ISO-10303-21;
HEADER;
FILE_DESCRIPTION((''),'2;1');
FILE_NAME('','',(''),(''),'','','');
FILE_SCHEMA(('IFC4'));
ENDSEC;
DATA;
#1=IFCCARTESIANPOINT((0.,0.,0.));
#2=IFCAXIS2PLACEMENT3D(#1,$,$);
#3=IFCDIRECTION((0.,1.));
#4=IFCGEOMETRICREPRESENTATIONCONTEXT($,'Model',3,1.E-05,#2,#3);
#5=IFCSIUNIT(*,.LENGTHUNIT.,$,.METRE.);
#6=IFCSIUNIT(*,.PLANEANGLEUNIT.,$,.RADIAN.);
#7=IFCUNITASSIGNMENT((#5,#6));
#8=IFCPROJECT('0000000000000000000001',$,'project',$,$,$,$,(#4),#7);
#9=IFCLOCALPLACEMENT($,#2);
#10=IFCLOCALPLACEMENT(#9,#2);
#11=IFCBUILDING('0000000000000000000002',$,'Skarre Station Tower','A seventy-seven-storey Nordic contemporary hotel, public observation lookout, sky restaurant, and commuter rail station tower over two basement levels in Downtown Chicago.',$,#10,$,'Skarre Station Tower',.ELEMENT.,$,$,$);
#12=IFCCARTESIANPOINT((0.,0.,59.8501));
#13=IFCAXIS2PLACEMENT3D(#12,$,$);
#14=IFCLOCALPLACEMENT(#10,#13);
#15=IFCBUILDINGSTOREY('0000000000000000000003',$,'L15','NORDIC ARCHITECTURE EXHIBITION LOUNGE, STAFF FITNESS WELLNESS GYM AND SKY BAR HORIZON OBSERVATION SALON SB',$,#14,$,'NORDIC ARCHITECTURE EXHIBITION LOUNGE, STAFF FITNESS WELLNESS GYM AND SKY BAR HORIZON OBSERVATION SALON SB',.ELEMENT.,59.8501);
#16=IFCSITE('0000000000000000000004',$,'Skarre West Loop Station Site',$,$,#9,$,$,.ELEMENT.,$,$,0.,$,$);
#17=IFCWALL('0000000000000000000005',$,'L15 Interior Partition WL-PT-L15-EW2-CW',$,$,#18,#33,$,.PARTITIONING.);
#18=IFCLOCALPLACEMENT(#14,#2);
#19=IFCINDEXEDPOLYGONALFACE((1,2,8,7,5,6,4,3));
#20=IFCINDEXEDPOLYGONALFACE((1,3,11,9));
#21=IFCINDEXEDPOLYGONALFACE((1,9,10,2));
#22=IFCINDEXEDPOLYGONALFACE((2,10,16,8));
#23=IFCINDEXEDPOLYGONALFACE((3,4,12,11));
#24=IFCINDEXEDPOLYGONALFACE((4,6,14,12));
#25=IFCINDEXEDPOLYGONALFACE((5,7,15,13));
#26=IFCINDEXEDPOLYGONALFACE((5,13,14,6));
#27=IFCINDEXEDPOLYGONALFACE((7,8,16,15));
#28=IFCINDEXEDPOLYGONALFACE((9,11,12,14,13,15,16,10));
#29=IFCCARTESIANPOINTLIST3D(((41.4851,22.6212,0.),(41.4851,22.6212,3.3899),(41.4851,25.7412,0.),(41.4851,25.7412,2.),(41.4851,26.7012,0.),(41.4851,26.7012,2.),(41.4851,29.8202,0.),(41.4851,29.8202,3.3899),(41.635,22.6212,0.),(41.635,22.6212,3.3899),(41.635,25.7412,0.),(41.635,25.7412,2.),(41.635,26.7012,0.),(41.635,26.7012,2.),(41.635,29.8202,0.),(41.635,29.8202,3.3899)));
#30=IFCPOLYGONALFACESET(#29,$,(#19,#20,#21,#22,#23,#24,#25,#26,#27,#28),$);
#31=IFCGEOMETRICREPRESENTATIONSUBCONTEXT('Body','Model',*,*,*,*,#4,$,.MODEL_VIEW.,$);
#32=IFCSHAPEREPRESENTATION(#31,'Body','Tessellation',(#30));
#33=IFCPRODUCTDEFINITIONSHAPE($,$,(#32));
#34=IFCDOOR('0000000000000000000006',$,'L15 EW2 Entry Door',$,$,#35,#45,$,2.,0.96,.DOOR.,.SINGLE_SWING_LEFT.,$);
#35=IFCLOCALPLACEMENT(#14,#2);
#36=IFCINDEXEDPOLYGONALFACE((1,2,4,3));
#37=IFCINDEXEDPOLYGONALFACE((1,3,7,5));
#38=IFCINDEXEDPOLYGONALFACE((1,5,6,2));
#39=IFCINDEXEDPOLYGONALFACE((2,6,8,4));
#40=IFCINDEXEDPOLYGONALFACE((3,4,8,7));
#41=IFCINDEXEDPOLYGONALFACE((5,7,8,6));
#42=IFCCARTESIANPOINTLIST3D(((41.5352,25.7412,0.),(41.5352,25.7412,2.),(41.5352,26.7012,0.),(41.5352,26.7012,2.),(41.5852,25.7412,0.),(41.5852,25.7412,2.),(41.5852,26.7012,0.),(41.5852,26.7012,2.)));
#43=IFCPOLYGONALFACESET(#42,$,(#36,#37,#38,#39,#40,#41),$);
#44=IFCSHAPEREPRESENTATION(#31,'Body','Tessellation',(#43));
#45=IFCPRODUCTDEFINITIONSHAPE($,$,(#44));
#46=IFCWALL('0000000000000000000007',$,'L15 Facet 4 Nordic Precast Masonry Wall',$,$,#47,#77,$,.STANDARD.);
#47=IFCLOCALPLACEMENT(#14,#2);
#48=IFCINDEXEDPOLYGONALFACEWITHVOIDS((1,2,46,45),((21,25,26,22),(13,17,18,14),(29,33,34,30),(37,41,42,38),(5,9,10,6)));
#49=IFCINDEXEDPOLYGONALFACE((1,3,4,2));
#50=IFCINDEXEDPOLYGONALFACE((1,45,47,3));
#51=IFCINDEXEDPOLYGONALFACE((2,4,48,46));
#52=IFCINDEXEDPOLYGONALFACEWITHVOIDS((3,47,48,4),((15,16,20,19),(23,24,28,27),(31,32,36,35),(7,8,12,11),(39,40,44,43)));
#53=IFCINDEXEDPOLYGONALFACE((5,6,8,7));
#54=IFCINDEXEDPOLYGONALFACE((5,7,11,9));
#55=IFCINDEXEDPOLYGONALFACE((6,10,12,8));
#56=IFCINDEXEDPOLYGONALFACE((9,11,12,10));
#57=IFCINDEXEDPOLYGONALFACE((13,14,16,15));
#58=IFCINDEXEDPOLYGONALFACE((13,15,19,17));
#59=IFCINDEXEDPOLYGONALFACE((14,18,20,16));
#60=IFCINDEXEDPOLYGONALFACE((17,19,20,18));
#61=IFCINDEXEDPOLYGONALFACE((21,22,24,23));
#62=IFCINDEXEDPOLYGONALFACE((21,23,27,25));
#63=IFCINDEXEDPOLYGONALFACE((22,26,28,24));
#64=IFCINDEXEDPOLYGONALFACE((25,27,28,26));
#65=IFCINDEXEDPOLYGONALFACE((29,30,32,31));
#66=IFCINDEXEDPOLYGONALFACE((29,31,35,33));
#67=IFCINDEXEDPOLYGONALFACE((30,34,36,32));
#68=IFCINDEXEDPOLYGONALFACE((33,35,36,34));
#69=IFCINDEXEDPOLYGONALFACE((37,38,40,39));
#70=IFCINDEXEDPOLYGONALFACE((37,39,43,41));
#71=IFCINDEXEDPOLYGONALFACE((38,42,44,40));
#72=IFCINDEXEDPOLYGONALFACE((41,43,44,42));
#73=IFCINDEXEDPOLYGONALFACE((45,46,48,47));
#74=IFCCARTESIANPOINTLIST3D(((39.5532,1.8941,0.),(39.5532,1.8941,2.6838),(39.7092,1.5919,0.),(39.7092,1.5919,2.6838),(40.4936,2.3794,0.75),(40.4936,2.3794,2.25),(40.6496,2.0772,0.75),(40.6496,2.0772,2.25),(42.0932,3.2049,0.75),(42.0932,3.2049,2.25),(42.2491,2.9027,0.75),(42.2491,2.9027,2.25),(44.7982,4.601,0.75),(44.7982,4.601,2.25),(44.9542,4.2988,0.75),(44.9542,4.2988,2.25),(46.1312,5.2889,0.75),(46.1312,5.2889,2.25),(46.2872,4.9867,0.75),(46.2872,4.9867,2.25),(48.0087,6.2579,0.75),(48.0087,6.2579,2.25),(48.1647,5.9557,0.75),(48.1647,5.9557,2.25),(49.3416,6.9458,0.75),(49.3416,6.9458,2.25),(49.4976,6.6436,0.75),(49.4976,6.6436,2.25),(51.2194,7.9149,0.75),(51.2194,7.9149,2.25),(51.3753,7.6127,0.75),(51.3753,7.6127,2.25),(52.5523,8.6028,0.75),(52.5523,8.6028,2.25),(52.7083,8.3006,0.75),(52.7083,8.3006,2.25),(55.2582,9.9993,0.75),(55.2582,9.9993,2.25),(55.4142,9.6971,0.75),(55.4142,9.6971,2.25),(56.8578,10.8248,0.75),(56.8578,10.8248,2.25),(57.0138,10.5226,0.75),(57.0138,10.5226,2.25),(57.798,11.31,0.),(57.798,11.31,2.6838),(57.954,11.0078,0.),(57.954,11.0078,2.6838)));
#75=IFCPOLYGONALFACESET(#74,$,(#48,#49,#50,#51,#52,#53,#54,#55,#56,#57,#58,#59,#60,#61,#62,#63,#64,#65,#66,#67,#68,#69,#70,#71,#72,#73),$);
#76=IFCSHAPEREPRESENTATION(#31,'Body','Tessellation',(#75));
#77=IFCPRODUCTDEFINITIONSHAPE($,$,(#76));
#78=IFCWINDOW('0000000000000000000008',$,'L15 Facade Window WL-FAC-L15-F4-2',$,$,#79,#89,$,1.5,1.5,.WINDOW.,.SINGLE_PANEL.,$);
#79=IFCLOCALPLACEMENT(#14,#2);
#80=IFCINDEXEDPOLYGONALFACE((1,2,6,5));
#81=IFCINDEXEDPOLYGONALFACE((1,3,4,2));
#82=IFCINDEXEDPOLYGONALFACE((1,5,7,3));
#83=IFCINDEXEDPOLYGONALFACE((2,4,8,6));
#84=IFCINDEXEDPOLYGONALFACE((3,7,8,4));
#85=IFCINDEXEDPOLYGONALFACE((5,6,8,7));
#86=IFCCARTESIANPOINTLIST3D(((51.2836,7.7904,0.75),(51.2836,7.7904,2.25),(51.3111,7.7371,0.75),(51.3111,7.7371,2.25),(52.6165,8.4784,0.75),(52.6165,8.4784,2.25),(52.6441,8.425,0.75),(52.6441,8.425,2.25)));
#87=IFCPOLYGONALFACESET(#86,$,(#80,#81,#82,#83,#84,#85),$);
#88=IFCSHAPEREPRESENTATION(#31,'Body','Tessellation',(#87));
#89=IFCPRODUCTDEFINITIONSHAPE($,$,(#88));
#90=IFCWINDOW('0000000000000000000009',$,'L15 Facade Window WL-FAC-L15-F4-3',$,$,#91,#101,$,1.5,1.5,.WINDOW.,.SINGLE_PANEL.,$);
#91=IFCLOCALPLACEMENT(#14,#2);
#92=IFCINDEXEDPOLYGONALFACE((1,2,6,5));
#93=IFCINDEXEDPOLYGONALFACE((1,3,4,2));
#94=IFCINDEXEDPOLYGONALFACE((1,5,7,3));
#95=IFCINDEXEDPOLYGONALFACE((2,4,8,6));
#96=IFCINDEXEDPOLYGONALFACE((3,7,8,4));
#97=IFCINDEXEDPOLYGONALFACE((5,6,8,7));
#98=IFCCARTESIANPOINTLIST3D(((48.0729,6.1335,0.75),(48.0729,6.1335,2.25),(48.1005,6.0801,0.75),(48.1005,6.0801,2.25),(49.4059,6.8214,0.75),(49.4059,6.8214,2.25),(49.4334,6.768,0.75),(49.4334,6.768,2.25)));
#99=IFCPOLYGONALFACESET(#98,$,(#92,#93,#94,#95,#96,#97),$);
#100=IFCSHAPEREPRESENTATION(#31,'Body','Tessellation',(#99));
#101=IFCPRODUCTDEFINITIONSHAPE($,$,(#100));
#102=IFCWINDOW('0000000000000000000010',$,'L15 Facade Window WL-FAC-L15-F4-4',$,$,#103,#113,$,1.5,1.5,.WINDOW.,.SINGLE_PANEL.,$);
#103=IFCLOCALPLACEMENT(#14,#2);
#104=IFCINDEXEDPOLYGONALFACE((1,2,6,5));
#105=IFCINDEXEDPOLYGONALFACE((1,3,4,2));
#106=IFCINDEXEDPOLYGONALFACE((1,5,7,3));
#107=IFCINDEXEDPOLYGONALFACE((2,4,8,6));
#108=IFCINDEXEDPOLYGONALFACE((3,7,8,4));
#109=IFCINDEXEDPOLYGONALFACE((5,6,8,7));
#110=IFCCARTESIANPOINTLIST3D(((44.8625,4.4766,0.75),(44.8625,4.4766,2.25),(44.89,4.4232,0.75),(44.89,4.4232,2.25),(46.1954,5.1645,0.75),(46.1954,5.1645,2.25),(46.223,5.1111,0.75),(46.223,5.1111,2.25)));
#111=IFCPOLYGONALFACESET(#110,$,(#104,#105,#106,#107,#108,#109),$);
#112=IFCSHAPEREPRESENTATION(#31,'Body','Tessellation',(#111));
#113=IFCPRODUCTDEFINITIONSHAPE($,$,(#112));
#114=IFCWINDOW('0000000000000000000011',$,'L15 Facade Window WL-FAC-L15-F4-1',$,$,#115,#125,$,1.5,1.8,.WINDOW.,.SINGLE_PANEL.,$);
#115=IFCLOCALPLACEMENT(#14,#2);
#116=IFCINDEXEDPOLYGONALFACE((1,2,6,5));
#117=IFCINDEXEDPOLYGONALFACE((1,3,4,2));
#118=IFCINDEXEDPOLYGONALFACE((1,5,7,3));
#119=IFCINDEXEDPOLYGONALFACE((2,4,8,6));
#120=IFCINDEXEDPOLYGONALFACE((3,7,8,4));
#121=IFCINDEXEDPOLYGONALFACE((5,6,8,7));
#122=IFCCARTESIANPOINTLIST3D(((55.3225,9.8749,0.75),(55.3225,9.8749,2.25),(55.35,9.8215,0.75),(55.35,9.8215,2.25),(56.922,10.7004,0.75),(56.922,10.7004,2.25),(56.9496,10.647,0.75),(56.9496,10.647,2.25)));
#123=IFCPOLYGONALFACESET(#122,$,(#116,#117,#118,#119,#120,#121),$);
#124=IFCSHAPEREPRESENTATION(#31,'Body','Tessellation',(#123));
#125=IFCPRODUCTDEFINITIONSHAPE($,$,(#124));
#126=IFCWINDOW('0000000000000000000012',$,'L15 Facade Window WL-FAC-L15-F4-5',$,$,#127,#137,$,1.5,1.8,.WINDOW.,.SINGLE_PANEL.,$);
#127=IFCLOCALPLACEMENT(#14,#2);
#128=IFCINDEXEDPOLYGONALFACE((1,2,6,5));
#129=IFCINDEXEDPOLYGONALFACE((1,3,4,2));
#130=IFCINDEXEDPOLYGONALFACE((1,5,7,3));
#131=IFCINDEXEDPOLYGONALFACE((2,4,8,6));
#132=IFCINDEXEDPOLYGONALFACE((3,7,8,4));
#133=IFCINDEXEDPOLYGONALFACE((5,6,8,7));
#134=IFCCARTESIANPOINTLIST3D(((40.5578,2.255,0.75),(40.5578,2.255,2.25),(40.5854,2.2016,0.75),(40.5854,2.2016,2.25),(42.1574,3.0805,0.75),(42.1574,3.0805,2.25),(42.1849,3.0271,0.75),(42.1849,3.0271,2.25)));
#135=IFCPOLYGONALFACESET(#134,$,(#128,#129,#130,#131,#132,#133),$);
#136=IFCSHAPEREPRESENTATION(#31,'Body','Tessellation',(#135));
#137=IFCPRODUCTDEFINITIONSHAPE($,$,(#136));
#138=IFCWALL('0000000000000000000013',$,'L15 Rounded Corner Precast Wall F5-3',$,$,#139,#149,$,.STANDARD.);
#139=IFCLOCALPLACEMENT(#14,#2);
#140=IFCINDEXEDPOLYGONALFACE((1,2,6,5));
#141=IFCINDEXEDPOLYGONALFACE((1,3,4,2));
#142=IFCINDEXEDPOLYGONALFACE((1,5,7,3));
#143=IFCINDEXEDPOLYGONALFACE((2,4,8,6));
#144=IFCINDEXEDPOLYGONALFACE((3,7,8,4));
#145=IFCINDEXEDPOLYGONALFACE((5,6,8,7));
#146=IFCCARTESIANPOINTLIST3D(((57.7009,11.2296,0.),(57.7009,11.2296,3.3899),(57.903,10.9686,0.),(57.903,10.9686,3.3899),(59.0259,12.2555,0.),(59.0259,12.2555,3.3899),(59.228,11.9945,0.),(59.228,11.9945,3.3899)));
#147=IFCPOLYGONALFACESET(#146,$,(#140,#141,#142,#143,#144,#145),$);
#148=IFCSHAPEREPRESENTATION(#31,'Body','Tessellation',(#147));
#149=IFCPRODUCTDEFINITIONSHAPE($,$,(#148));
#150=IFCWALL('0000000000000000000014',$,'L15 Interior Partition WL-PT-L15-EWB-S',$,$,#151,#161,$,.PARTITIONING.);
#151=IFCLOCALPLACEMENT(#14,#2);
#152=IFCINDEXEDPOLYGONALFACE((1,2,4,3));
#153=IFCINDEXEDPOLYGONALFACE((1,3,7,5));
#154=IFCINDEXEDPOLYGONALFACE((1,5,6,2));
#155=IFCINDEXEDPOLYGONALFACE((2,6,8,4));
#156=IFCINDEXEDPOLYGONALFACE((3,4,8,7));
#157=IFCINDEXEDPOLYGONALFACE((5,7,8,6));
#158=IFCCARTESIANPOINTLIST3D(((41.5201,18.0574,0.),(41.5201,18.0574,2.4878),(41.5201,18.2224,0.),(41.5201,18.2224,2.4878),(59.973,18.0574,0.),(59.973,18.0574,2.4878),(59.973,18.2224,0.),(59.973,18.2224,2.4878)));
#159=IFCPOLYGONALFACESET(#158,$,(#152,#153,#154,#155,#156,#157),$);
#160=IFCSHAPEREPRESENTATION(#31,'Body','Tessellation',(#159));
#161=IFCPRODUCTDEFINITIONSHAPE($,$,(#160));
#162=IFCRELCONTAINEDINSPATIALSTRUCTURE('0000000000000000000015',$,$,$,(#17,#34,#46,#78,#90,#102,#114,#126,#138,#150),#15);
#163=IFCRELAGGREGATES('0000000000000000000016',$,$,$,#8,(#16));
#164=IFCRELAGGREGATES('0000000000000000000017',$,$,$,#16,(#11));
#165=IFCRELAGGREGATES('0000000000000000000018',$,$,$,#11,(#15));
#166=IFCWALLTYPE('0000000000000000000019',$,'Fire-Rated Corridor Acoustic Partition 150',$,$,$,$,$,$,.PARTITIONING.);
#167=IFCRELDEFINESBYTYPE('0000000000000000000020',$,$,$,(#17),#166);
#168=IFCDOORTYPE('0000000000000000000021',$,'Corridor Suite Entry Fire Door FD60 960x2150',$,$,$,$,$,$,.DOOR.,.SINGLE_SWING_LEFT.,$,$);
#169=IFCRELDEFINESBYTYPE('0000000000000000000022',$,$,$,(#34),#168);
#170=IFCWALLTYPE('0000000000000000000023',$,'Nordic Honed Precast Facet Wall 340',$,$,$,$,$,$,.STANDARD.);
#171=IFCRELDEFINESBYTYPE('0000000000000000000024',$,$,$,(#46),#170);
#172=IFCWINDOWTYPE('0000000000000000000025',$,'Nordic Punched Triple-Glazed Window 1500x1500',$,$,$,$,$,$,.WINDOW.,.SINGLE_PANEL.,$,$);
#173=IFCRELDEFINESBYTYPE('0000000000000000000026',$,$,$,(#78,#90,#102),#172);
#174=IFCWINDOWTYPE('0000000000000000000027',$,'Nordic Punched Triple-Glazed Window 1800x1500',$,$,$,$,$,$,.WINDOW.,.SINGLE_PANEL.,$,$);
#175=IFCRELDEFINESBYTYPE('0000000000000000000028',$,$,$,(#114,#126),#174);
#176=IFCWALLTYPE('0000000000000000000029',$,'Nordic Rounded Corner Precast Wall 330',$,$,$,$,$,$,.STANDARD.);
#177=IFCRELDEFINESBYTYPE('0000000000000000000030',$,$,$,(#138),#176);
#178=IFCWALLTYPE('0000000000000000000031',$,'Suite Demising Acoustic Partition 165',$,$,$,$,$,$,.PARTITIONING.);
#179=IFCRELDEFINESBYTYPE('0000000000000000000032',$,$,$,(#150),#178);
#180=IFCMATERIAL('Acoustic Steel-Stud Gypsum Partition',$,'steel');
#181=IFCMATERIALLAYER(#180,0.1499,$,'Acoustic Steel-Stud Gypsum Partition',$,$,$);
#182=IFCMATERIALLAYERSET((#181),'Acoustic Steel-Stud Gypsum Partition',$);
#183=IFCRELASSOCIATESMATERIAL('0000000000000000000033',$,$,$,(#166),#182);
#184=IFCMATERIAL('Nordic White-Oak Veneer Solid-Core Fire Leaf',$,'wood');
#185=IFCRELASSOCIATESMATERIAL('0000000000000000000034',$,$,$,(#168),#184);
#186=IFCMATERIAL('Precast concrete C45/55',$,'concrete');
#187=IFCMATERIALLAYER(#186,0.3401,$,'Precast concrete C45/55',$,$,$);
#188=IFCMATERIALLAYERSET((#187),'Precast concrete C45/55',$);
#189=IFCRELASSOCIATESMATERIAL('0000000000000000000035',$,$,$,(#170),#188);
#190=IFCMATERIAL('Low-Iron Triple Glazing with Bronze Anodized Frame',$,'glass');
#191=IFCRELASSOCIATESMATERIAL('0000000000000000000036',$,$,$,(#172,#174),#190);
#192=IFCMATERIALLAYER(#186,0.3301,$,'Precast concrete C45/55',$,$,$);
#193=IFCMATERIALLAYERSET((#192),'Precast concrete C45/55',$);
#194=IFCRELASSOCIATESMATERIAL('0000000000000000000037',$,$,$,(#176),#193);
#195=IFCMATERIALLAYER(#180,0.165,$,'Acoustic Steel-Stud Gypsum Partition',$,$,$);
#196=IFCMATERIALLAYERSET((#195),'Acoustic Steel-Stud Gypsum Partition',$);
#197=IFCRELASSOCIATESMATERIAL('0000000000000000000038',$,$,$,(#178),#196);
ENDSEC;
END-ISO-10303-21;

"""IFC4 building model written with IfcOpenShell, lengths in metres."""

from ifc_helpers import new_model, si_unit, direction, frame, frame_2d, origin, place, context, subcontext, project, spatial, rectangle, extrude, material, layer, layer_set, type_object, element, fill, save


model = new_model("IFC4")

# Units and contexts
model_context = context("Model", 3, precision=1e-05, world=origin(), true_north=direction((0.0, 1.0)))
body_context = subcontext(model_context, "Body", "Model", "MODEL_VIEW")
ifc_project = project(units=[si_unit("LENGTHUNIT", "METRE"), si_unit("PLANEANGLEUNIT", "RADIAN")], contexts=[model_context])

# Site, building, storey
site_placement = place(None, origin())
site = spatial("IfcSite", under=ifc_project, at=site_placement, Name="Skarre West Loop Station Site", CompositionType="ELEMENT", RefElevation=0.0)
building_placement = place(site_placement, origin())
building = spatial("IfcBuilding", under=site, at=building_placement, Name="Skarre Station Tower", Description="A seventy-seven-storey Nordic contemporary hotel, public observation lookout, sky restaurant, and commuter rail station tower over two basement levels in Downtown Chicago.", LongName="Skarre Station Tower", CompositionType="ELEMENT")
storey_placement = place(building_placement, frame((0.0, 0.0, 59.8501)))
storey = spatial("IfcBuildingStorey", under=building, at=storey_placement, Name="L15", Description="NORDIC ARCHITECTURE EXHIBITION LOUNGE, STAFF FITNESS WELLNESS GYM AND SKY BAR HORIZON OBSERVATION SALON SB", LongName="NORDIC ARCHITECTURE EXHIBITION LOUNGE, STAFF FITNESS WELLNESS GYM AND SKY BAR HORIZON OBSERVATION SALON SB", CompositionType="ELEMENT", Elevation=59.8501)

# Wall, opening, door
ifc_material_1 = material(Name="Acoustic Steel-Stud Gypsum Partition", Category="steel")
ifc_layer_1 = layer(ifc_material_1, 0.1499, Name="Acoustic Steel-Stud Gypsum Partition")
ifc_layer_set_1 = layer_set([ifc_layer_1], Name="Acoustic Steel-Stud Gypsum Partition")
wall_type_1 = type_object("IfcWallType", Name="Fire-Rated Corridor Acoustic Partition 150", PredefinedType="PARTITIONING", material=ifc_layer_set_1)
ifc_material_2 = material(Name="Nordic White-Oak Veneer Solid-Core Fire Leaf", Category="wood")
door_type = type_object("IfcDoorType", Name="Corridor Suite Entry Fire Door FD60 960x2150", OperationType="SINGLE_SWING_LEFT", PredefinedType="DOOR", material=ifc_material_2)
wall_1_placement = place(storey_placement, frame((41.5601, 22.6211, 0.0), z_axis=(0.0, 0.0, 1.0), x_axis=(0.0, 1.0, 0.0)))
wall_1 = element("IfcWall", 1, at=wall_1_placement, inside=storey, type_object=wall_type_1, Name="L15 Interior Partition WL-PT-L15-EW2-CW", PredefinedType="PARTITIONING", context=body_context, shape_type="SweptSolid", body=[
    extrude(rectangle(XDim=7.199, YDim=0.1499, at=frame_2d((3.5996, 0.0))), origin(), (0.0, 0.0, 1.0), 3.3899),
])
opening_1_placement = place(wall_1_placement, frame((3.1201, 0.0, 0.0)))
opening_1 = element("IfcOpeningElement", 2, at=opening_1_placement, cuts=wall_1, PredefinedType="OPENING", context=body_context, shape_type="SweptSolid", body=[
    extrude(rectangle(XDim=0.96, YDim=2.0, at=frame_2d((0.48, 1.0))), frame((0.0, 0.085, 0.0), z_axis=(0.0, -1.0, 0.0), x_axis=(1.0, 0.0, 0.0)), (0.0, 0.0, 1.0), 0.1699),
])
door_1_placement = place(opening_1_placement, origin())
door_1 = element("IfcDoor", 3, at=door_1_placement, inside=storey, type_object=door_type, Name="L15 EW2 Entry Door", OperationType="SINGLE_SWING_LEFT", OverallHeight=2.0, OverallWidth=0.96, PredefinedType="DOOR", context=body_context, shape_type="SweptSolid", body=[
    extrude(rectangle(XDim=0.96, YDim=2.0, at=frame_2d((0.48, 1.0))), frame((0.0, 0.0249, 0.0), z_axis=(0.0, -1.0, 0.0), x_axis=(1.0, 0.0, 0.0)), (0.0, 0.0, 1.0), 0.05),
])
fill(opening_1, door_1)

# Wall, openings, windows
ifc_material_3 = material(Name="Precast concrete C45/55", Category="concrete")
ifc_layer_2 = layer(ifc_material_3, 0.3401, Name="Precast concrete C45/55")
ifc_layer_set_2 = layer_set([ifc_layer_2], Name="Precast concrete C45/55")
wall_type_2 = type_object("IfcWallType", Name="Nordic Honed Precast Facet Wall 340", PredefinedType="STANDARD", material=ifc_layer_set_2)
wall_2_placement = place(storey_placement, frame((57.876, 11.1589, 0.0), z_axis=(0.0, 0.0, 1.0), x_axis=(-0.888634, -0.458616, 0.0)))
wall_2 = element("IfcWall", 4, at=wall_2_placement, inside=storey, type_object=wall_type_2, Name="L15 Facet 4 Nordic Precast Masonry Wall", PredefinedType="STANDARD", context=body_context, shape_type="SweptSolid", body=[
    extrude(rectangle(XDim=20.5312, YDim=0.3401, at=frame_2d((10.2656, 0.0))), origin(), (0.0, 0.0, 1.0), 2.6838),
])
opening_2_placement = place(wall_2_placement, frame((1.0581, 0.0, 0.75)))
opening_2 = element("IfcOpeningElement", 5, at=opening_2_placement, cuts=wall_2, PredefinedType="OPENING", context=body_context, shape_type="SweptSolid", body=[
    extrude(rectangle(XDim=1.8, YDim=1.5, at=frame_2d((0.8999, 0.75))), frame((0.0, 0.1799, 0.0), z_axis=(0.0, -1.0, 0.0), x_axis=(1.0, 0.0, 0.0)), (0.0, 0.0, 1.0), 0.3601),
])
opening_3_placement = place(wall_2_placement, frame((5.9031, 0.0, 0.75)))
opening_3 = element("IfcOpeningElement", 6, at=opening_3_placement, cuts=wall_2, PredefinedType="OPENING", context=body_context, shape_type="SweptSolid", body=[
    extrude(rectangle(XDim=1.5, YDim=1.5, at=frame_2d((0.75, 0.75))), frame((0.0, 0.1799, 0.0), z_axis=(0.0, -1.0, 0.0), x_axis=(1.0, 0.0, 0.0)), (0.0, 0.0, 1.0), 0.3601),
])
opening_4_placement = place(wall_2_placement, frame((9.5161, 0.0, 0.75)))
opening_4 = element("IfcOpeningElement", 7, at=opening_4_placement, cuts=wall_2, PredefinedType="OPENING", context=body_context, shape_type="SweptSolid", body=[
    extrude(rectangle(XDim=1.5, YDim=1.5, at=frame_2d((0.75, 0.75))), frame((0.0, 0.1799, 0.0), z_axis=(0.0, -1.0, 0.0), x_axis=(1.0, 0.0, 0.0)), (0.0, 0.0, 1.0), 0.3601),
])
opening_5_placement = place(wall_2_placement, frame((13.1289, 0.0, 0.75)))
opening_5 = element("IfcOpeningElement", 8, at=opening_5_placement, cuts=wall_2, PredefinedType="OPENING", context=body_context, shape_type="SweptSolid", body=[
    extrude(rectangle(XDim=1.5, YDim=1.5, at=frame_2d((0.75, 0.75))), frame((0.0, 0.1799, 0.0), z_axis=(0.0, -1.0, 0.0), x_axis=(1.0, 0.0, 0.0)), (0.0, 0.0, 1.0), 0.3601),
])
opening_6_placement = place(wall_2_placement, frame((17.6731, 0.0, 0.75)))
opening_6 = element("IfcOpeningElement", 9, at=opening_6_placement, cuts=wall_2, PredefinedType="OPENING", context=body_context, shape_type="SweptSolid", body=[
    extrude(rectangle(XDim=1.8, YDim=1.5, at=frame_2d((0.8999, 0.75))), frame((0.0, 0.1799, 0.0), z_axis=(0.0, -1.0, 0.0), x_axis=(1.0, 0.0, 0.0)), (0.0, 0.0, 1.0), 0.3601),
])
ifc_material_4 = material(Name="Low-Iron Triple Glazing with Bronze Anodized Frame", Category="glass")
window_type_1 = type_object("IfcWindowType", Name="Nordic Punched Triple-Glazed Window 1500x1500", PartitioningType="SINGLE_PANEL", PredefinedType="WINDOW", material=ifc_material_4)
window_1_placement = place(opening_3_placement, origin())
window_1 = element("IfcWindow", 10, at=window_1_placement, inside=storey, type_object=window_type_1, Name="L15 Facade Window WL-FAC-L15-F4-2", OverallHeight=1.5, OverallWidth=1.5, PartitioningType="SINGLE_PANEL", PredefinedType="WINDOW", context=body_context, shape_type="SweptSolid", body=[
    extrude(rectangle(XDim=1.5, YDim=1.5, at=frame_2d((0.75, 0.75))), frame((0.0, 0.03, 0.0), z_axis=(0.0, -1.0, 0.0), x_axis=(1.0, 0.0, 0.0)), (0.0, 0.0, 1.0), 0.0601),
])
fill(opening_3, window_1)
window_2_placement = place(opening_4_placement, origin())
window_2 = element("IfcWindow", 11, at=window_2_placement, inside=storey, type_object=window_type_1, Name="L15 Facade Window WL-FAC-L15-F4-3", OverallHeight=1.5, OverallWidth=1.5, PartitioningType="SINGLE_PANEL", PredefinedType="WINDOW", context=body_context, shape_type="SweptSolid", body=[
    extrude(rectangle(XDim=1.5, YDim=1.5, at=frame_2d((0.75, 0.75))), frame((0.0, 0.03, 0.0), z_axis=(0.0, -1.0, 0.0), x_axis=(1.0, 0.0, 0.0)), (0.0, 0.0, 1.0), 0.0601),
])
fill(opening_4, window_2)
window_3_placement = place(opening_5_placement, origin())
window_3 = element("IfcWindow", 12, at=window_3_placement, inside=storey, type_object=window_type_1, Name="L15 Facade Window WL-FAC-L15-F4-4", OverallHeight=1.5, OverallWidth=1.5, PartitioningType="SINGLE_PANEL", PredefinedType="WINDOW", context=body_context, shape_type="SweptSolid", body=[
    extrude(rectangle(XDim=1.5, YDim=1.5, at=frame_2d((0.75, 0.75))), frame((0.0, 0.03, 0.0), z_axis=(0.0, -1.0, 0.0), x_axis=(1.0, 0.0, 0.0)), (0.0, 0.0, 1.0), 0.0601),
])
fill(opening_5, window_3)
window_type_2 = type_object("IfcWindowType", Name="Nordic Punched Triple-Glazed Window 1800x1500", PartitioningType="SINGLE_PANEL", PredefinedType="WINDOW", material=ifc_material_4)
window_4_placement = place(opening_2_placement, origin())
window_4 = element("IfcWindow", 13, at=window_4_placement, inside=storey, type_object=window_type_2, Name="L15 Facade Window WL-FAC-L15-F4-1", OverallHeight=1.5, OverallWidth=1.8, PartitioningType="SINGLE_PANEL", PredefinedType="WINDOW", context=body_context, shape_type="SweptSolid", body=[
    extrude(rectangle(XDim=1.8, YDim=1.5, at=frame_2d((0.8999, 0.75))), frame((0.0, 0.03, 0.0), z_axis=(0.0, -1.0, 0.0), x_axis=(1.0, 0.0, 0.0)), (0.0, 0.0, 1.0), 0.0601),
])
fill(opening_2, window_4)
window_5_placement = place(opening_6_placement, origin())
window_5 = element("IfcWindow", 14, at=window_5_placement, inside=storey, type_object=window_type_2, Name="L15 Facade Window WL-FAC-L15-F4-5", OverallHeight=1.5, OverallWidth=1.8, PartitioningType="SINGLE_PANEL", PredefinedType="WINDOW", context=body_context, shape_type="SweptSolid", body=[
    extrude(rectangle(XDim=1.8, YDim=1.5, at=frame_2d((0.8999, 0.75))), frame((0.0, 0.03, 0.0), z_axis=(0.0, -1.0, 0.0), x_axis=(1.0, 0.0, 0.0)), (0.0, 0.0, 1.0), 0.0601),
])
fill(opening_6, window_5)

# Walls
ifc_layer_3 = layer(ifc_material_3, 0.3301, Name="Precast concrete C45/55")
ifc_layer_set_3 = layer_set([ifc_layer_3], Name="Precast concrete C45/55")
wall_type_3 = type_object("IfcWallType", Name="Nordic Rounded Corner Precast Wall 330", PredefinedType="STANDARD", material=ifc_layer_set_3)
wall_3_placement = place(storey_placement, frame((59.127, 12.125, 0.0), z_axis=(0.0, 0.0, 1.0), x_axis=(-0.790692, -0.612214, 0.0)))
element("IfcWall", 15, at=wall_3_placement, inside=storey, type_object=wall_type_3, Name="L15 Rounded Corner Precast Wall F5-3", PredefinedType="STANDARD", context=body_context, shape_type="SweptSolid", body=[
    extrude(rectangle(XDim=1.6758, YDim=0.3301, at=frame_2d((0.8379, 0.0))), origin(), (0.0, 0.0, 1.0), 3.3899),
])
ifc_layer_4 = layer(ifc_material_1, 0.165, Name="Acoustic Steel-Stud Gypsum Partition")
ifc_layer_set_4 = layer_set([ifc_layer_4], Name="Acoustic Steel-Stud Gypsum Partition")
wall_type_4 = type_object("IfcWallType", Name="Suite Demising Acoustic Partition 165", PredefinedType="PARTITIONING", material=ifc_layer_set_4)
wall_4_placement = place(storey_placement, frame((41.52, 18.1399, 0.0), z_axis=(0.0, 0.0, 1.0), x_axis=(1.0, 0.0, 0.0)))
element("IfcWall", 16, at=wall_4_placement, inside=storey, type_object=wall_type_4, Name="L15 Interior Partition WL-PT-L15-EWB-S", PredefinedType="PARTITIONING", context=body_context, shape_type="SweptSolid", body=[
    extrude(rectangle(XDim=18.4529, YDim=0.165, at=frame_2d((9.2266, 0.0))), origin(), (0.0, 0.0, 1.0), 2.4878),
])

save(model, "model.ifc")
